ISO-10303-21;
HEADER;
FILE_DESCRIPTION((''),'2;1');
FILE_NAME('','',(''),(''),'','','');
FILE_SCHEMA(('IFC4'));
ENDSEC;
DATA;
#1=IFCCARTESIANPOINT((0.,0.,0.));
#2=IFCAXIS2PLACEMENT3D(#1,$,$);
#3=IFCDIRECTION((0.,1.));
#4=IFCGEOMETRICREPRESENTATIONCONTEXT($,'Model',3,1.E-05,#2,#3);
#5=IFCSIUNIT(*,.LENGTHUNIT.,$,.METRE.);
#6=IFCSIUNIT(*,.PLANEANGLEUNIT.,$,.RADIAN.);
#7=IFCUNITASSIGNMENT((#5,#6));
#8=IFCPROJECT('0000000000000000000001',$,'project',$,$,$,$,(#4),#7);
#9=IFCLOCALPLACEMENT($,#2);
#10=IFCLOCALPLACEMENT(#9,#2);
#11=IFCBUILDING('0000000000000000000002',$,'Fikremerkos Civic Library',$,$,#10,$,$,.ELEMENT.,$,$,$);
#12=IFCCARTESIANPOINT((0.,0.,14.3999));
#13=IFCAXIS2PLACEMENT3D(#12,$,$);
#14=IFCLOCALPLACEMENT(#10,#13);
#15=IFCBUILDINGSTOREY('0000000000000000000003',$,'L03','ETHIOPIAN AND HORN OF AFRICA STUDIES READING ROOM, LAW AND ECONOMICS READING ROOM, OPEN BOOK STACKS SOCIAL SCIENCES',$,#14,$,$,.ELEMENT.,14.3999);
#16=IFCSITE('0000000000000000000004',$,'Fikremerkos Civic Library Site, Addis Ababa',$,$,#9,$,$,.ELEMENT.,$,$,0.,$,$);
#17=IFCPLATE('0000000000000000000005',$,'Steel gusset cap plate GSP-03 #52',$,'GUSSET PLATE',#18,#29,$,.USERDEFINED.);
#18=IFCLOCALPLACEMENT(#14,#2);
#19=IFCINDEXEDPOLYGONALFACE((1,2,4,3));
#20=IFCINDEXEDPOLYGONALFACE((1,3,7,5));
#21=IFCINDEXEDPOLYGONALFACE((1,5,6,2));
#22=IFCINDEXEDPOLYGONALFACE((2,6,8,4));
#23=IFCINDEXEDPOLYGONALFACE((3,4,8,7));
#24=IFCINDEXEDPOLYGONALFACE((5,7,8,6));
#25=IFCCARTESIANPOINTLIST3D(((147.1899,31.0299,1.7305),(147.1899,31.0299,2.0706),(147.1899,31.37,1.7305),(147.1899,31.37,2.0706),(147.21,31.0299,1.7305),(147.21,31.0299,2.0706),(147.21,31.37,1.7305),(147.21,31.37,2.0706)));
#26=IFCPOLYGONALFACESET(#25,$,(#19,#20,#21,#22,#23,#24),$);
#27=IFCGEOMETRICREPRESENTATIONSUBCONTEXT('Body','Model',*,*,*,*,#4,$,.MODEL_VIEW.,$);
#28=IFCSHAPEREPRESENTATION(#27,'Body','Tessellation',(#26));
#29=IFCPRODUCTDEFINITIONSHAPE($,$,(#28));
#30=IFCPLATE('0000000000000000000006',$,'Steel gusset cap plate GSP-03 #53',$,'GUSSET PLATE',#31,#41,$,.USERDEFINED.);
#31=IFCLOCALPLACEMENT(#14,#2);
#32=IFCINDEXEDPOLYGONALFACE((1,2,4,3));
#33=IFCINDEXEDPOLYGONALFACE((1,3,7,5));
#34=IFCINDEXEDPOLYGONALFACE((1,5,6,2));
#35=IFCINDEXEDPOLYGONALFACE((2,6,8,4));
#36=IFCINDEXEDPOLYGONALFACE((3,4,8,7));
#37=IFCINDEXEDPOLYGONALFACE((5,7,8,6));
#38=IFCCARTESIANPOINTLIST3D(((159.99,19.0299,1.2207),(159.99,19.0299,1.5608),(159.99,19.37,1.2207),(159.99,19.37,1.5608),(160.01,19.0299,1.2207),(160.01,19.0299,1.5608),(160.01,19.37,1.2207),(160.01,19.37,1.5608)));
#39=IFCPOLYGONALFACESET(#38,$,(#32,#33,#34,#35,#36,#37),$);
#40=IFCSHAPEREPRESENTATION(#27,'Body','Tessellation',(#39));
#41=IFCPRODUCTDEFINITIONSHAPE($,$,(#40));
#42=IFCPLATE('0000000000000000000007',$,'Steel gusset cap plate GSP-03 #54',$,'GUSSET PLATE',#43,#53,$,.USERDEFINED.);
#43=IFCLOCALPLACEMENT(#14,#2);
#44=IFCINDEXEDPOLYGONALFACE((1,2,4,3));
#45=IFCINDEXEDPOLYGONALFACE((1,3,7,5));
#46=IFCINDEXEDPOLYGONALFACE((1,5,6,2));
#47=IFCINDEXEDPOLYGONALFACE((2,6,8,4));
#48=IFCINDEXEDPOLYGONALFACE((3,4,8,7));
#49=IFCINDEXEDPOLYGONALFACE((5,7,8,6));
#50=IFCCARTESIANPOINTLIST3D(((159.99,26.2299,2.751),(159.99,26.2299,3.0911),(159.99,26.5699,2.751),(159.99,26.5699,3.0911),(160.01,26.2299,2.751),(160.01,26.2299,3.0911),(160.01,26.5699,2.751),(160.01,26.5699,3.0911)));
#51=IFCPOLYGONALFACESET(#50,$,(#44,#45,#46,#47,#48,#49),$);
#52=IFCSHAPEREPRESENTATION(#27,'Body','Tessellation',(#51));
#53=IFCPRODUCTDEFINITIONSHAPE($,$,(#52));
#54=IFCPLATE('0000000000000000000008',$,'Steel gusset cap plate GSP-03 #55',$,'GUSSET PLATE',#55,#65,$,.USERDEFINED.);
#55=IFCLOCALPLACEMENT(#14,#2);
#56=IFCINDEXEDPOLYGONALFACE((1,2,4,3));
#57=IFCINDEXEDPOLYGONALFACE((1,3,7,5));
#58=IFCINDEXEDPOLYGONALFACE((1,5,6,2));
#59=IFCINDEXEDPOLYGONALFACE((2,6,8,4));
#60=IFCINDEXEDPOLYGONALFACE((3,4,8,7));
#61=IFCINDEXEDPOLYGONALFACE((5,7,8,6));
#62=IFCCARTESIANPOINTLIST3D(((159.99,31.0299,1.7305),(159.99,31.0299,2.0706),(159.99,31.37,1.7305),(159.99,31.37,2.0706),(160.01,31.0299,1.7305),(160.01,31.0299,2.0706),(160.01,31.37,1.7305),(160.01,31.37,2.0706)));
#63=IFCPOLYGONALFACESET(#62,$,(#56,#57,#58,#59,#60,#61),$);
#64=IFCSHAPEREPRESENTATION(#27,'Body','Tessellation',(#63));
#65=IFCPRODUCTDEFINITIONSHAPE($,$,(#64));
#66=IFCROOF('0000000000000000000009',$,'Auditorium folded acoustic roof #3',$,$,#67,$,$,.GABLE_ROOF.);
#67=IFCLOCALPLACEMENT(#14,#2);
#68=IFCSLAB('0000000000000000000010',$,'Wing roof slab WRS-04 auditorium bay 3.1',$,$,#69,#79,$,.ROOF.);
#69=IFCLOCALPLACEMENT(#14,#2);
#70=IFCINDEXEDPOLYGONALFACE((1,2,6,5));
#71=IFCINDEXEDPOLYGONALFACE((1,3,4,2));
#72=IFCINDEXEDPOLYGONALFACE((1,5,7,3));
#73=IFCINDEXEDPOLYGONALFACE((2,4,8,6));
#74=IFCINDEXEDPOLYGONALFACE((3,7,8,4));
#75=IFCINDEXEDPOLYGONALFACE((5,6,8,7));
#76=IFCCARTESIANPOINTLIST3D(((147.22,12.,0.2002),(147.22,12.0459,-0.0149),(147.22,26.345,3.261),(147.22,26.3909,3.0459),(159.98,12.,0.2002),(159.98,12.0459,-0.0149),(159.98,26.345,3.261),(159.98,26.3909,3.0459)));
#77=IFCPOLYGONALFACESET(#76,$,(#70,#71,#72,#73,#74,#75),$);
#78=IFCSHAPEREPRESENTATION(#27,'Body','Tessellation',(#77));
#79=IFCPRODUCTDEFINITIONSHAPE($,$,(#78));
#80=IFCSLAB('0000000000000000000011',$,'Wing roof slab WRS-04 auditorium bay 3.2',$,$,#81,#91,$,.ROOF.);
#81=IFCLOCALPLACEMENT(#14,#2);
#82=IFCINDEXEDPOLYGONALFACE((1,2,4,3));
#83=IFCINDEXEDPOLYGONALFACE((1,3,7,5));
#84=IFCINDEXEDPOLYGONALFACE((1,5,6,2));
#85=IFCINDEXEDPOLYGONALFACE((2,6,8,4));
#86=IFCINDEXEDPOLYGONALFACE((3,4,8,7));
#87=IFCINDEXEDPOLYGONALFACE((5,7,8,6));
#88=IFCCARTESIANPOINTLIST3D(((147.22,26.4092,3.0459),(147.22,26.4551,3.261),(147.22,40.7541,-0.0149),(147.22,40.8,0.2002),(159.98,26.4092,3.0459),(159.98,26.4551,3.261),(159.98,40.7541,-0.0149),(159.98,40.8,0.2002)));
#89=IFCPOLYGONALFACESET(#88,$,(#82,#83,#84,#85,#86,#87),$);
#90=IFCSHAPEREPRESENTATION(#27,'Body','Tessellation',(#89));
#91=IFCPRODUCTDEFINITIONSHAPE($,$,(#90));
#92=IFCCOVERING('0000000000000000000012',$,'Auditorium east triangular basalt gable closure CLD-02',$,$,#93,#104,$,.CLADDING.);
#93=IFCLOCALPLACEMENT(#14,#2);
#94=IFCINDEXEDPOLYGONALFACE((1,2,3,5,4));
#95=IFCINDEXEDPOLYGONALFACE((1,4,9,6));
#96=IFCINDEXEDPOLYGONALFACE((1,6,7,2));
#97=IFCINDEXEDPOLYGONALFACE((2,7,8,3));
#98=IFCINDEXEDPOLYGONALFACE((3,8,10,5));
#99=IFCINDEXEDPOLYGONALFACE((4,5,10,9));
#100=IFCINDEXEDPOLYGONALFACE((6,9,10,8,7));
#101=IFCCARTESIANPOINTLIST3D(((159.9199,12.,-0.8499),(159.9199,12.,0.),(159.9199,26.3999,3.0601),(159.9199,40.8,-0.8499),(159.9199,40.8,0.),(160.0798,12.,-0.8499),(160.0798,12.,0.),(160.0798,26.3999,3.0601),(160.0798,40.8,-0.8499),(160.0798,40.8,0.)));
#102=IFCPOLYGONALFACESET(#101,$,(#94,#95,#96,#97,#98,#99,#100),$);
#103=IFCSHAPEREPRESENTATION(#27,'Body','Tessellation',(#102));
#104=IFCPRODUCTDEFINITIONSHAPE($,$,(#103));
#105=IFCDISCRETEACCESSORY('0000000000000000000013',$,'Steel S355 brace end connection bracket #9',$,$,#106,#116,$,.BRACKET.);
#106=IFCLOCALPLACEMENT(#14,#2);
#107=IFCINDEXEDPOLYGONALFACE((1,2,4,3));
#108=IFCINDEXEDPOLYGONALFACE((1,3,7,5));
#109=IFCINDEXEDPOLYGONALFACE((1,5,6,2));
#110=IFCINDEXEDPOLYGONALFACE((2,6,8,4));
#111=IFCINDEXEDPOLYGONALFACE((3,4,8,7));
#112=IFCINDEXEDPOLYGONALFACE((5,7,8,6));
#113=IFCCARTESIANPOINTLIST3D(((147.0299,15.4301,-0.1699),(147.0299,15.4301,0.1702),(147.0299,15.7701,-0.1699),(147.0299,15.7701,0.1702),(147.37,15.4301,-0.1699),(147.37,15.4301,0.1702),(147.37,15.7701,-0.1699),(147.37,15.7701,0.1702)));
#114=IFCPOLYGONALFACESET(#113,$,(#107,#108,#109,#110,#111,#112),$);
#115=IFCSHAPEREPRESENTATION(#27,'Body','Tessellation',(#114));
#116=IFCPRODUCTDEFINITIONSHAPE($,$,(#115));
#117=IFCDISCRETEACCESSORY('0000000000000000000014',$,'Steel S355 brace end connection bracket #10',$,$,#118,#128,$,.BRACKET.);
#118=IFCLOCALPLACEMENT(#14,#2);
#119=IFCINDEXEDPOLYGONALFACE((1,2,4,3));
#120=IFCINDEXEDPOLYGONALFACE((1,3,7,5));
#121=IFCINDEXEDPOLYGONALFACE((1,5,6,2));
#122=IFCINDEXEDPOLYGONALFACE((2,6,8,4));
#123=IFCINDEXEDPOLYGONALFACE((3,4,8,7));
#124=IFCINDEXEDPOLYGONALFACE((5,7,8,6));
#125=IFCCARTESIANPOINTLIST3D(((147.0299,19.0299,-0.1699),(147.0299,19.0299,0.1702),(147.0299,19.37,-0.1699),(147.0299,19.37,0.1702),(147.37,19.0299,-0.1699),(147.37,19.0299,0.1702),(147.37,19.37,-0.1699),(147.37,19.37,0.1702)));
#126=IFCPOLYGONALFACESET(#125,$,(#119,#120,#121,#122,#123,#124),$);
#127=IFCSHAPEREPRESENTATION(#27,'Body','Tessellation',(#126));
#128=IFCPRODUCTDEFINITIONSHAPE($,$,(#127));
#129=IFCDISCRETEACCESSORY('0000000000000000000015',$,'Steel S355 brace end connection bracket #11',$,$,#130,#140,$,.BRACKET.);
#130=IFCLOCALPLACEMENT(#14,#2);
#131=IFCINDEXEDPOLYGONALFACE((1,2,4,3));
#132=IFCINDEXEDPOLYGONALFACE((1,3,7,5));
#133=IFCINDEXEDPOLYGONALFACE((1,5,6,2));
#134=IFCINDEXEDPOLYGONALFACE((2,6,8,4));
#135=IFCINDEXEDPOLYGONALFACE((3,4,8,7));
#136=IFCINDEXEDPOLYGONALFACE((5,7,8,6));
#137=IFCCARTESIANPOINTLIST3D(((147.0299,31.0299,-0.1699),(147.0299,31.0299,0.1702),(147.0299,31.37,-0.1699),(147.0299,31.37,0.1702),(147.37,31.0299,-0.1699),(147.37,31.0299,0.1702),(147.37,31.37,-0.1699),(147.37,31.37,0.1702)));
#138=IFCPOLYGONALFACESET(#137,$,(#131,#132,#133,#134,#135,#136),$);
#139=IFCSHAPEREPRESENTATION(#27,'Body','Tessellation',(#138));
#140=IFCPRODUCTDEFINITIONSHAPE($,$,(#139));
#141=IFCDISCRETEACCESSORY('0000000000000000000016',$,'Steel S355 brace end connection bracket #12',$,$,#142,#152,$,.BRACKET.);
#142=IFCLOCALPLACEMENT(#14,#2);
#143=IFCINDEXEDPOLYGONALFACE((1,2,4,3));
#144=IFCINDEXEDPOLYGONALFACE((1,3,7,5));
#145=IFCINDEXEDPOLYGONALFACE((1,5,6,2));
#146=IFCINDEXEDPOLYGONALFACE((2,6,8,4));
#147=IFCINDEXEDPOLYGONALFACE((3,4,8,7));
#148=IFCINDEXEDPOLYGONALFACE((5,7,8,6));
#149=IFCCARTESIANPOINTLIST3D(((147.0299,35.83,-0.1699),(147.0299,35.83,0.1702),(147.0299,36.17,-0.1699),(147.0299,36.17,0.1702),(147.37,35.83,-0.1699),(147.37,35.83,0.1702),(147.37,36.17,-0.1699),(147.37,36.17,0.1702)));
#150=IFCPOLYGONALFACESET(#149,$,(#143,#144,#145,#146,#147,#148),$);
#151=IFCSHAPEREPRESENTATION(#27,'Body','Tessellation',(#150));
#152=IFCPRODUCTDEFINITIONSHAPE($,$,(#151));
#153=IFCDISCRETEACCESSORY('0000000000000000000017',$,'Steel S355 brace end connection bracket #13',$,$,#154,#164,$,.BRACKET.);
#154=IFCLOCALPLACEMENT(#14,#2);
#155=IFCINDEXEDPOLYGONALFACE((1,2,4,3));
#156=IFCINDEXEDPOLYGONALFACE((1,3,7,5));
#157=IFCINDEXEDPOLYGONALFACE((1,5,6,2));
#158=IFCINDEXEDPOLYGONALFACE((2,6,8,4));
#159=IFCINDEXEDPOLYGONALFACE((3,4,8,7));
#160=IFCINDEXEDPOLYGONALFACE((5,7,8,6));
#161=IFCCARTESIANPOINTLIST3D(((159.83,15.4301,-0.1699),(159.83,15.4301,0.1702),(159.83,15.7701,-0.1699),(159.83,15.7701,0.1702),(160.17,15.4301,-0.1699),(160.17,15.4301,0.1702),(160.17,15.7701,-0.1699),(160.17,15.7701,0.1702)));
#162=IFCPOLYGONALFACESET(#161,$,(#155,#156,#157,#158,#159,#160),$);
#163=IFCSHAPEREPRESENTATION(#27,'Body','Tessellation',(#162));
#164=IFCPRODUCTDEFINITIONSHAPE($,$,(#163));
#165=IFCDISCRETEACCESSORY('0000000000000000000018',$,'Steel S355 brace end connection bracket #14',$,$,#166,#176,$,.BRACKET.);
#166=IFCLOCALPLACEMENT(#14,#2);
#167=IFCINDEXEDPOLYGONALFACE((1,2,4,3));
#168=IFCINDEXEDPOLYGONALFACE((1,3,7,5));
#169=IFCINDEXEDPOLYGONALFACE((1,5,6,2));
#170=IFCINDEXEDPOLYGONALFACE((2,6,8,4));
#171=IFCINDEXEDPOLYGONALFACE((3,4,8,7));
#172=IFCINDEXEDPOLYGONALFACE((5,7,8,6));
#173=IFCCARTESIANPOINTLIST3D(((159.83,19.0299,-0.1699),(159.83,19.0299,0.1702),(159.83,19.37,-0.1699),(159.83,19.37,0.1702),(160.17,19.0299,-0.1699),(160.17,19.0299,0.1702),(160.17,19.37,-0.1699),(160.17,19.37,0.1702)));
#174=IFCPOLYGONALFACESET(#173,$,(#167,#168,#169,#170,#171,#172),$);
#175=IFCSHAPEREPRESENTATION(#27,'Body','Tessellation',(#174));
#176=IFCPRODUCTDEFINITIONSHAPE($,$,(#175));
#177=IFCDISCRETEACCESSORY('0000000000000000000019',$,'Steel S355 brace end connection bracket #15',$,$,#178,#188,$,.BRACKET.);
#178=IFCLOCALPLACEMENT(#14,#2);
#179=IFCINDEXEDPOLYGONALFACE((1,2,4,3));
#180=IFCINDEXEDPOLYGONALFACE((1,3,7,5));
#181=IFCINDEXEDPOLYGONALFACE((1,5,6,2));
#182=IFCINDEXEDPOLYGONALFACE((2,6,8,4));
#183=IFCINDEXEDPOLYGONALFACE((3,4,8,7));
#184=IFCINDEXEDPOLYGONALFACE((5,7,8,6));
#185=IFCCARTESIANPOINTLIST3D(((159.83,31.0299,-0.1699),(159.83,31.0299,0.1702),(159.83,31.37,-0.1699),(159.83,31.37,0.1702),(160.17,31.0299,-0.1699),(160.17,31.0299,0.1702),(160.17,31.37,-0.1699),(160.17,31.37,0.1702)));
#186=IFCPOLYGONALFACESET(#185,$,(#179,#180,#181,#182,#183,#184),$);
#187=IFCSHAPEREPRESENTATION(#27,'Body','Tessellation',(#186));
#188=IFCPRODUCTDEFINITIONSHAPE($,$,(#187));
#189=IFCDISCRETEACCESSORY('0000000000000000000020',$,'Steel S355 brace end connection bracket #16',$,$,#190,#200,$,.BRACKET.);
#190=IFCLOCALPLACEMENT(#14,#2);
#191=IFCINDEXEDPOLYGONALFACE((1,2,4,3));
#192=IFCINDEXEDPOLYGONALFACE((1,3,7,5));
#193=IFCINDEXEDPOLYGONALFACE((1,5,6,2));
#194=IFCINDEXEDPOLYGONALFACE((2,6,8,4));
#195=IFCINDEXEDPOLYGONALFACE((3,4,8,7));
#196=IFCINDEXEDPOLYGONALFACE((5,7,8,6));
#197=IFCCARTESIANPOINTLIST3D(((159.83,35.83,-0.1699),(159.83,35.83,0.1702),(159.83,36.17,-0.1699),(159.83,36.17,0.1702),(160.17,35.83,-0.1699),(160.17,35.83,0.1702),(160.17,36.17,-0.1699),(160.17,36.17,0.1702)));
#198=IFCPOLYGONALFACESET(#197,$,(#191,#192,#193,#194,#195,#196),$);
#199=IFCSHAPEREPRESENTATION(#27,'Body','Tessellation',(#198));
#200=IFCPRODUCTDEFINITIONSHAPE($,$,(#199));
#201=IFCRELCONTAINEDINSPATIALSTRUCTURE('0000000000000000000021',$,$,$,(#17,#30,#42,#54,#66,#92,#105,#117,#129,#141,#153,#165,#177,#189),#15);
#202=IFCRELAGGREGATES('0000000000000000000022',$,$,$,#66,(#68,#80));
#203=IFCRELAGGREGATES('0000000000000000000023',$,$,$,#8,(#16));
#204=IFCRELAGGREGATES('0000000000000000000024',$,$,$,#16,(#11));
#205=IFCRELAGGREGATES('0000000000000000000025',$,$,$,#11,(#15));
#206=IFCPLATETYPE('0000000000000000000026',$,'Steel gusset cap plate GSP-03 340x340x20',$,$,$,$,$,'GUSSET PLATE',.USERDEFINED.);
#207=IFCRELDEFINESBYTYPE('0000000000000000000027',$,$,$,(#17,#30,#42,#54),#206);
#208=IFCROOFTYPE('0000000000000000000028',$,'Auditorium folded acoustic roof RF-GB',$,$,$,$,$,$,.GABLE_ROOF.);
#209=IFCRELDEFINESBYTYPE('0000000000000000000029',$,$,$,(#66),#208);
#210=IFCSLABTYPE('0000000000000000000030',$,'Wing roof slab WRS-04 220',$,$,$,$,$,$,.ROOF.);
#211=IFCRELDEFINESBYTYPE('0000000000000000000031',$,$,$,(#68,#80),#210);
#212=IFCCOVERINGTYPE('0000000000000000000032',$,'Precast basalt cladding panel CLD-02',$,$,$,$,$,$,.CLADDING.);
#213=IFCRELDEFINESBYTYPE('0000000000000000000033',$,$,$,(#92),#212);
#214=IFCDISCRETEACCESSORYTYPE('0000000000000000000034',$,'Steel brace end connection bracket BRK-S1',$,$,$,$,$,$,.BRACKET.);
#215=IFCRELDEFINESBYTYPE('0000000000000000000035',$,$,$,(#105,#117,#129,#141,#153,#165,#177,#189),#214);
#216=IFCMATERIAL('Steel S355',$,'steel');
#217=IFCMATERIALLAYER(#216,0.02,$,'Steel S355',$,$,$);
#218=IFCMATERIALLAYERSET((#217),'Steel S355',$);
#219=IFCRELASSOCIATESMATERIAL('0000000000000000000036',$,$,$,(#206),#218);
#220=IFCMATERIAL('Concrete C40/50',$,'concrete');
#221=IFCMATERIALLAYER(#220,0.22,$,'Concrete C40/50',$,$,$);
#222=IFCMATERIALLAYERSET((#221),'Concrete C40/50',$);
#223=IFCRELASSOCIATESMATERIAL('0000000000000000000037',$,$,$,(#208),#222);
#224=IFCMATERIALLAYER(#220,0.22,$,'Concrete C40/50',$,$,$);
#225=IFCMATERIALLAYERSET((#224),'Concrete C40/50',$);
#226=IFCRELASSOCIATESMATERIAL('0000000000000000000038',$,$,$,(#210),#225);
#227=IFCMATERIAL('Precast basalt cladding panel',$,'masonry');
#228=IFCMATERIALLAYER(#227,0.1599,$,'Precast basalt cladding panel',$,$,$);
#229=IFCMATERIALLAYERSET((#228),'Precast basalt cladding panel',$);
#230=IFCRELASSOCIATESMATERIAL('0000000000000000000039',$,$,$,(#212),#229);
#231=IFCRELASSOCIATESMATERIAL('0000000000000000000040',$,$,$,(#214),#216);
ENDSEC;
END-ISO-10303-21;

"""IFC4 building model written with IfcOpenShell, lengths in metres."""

from ifc_helpers import new_model, si_unit, direction, frame, origin, origin_2d, place, context, subcontext, project, spatial, polyline, rectangle, outline, extrude, material, layer, layer_set, type_object, element, aggregate, save


model = new_model("IFC4")

# Units and contexts
model_context = context("Model", 3, precision=1e-05, world=origin(), true_north=direction((0.0, 1.0)))
body_context = subcontext(model_context, "Body", "Model", "MODEL_VIEW")
ifc_project = project(units=[si_unit("LENGTHUNIT", "METRE"), si_unit("PLANEANGLEUNIT", "RADIAN")], contexts=[model_context])

# Site, building, storey
site_placement = place(None, origin())
site = spatial("IfcSite", under=ifc_project, at=site_placement, Name="Fikremerkos Civic Library Site, Addis Ababa", CompositionType="ELEMENT", RefElevation=0.0)
building_placement = place(site_placement, origin())
building = spatial("IfcBuilding", under=site, at=building_placement, Name="Fikremerkos Civic Library", CompositionType="ELEMENT")
storey_placement = place(building_placement, frame((0.0, 0.0, 14.3999)))
storey = spatial("IfcBuildingStorey", under=building, at=storey_placement, Name="L03", Description="ETHIOPIAN AND HORN OF AFRICA STUDIES READING ROOM, LAW AND ECONOMICS READING ROOM, OPEN BOOK STACKS SOCIAL SCIENCES", CompositionType="ELEMENT", Elevation=14.3999)

# Shared definitions
ifc_material_1 = material(Name="Steel S355", Category="steel")

# Plates
ifc_layer_1 = layer(ifc_material_1, 0.02, Name="Steel S355")
ifc_layer_set_1 = layer_set([ifc_layer_1], Name="Steel S355")
plate_type = type_object("IfcPlateType", Name="Steel gusset cap plate GSP-03 340x340x20", ElementType="GUSSET PLATE", PredefinedType="USERDEFINED", material=ifc_layer_set_1)
for number, where, z_axis, x_axis, name in (
    (1, (147.2, 31.2, 1.7305), (0.0, 0.0, 1.0), (1.0, 0.0, 0.0), "Steel gusset cap plate GSP-03 #52"),
    (2, (160.0, 19.2, 1.2207), (0.0, 0.0, 1.0), (1.0, 0.0, 0.0), "Steel gusset cap plate GSP-03 #53"),
    (3, (160.0, 26.3999, 2.751), (0.0, 0.0, 1.0), (1.0, 0.0, 0.0), "Steel gusset cap plate GSP-03 #54"),
    (4, (160.0, 31.2, 1.7305), (0.0, 0.0, 1.0), (1.0, 0.0, 0.0), "Steel gusset cap plate GSP-03 #55"),
):
    element("IfcPlate", number, at=place(storey_placement, frame(where, z_axis=z_axis, x_axis=x_axis)), inside=storey, type_object=plate_type, Name=name, ObjectType="GUSSET PLATE", PredefinedType="USERDEFINED", context=body_context, shape_type="SweptSolid", body=[
        extrude(rectangle(XDim=0.02, YDim=0.3401, at=origin_2d()), origin(), (0.0, 0.0, 1.0), 0.3401),
    ])

# Roof, slabs
ifc_material_2 = material(Name="Concrete C40/50", Category="concrete")
ifc_layer_2 = layer(ifc_material_2, 0.22, Name="Concrete C40/50")
ifc_layer_set_2 = layer_set([ifc_layer_2], Name="Concrete C40/50")
roof_type = type_object("IfcRoofType", Name="Auditorium folded acoustic roof RF-GB", PredefinedType="GABLE_ROOF", material=ifc_layer_set_2)
roof_placement = place(storey_placement, origin())
roof = element("IfcRoof", 5, at=roof_placement, inside=storey, type_object=roof_type, Name="Auditorium folded acoustic roof #3", PredefinedType="GABLE_ROOF")
ifc_layer_3 = layer(ifc_material_2, 0.22, Name="Concrete C40/50")
ifc_layer_set_3 = layer_set([ifc_layer_3], Name="Concrete C40/50")
slab_type = type_object("IfcSlabType", Name="Wing roof slab WRS-04 220", PredefinedType="ROOF", material=ifc_layer_set_3)
slab_1_placement = place(storey_placement, frame((147.22, 12.0, 0.2002), z_axis=(0.0, -0.208673, 0.977985), x_axis=(1.0, 0.0, 0.0)))
slab_1 = element("IfcSlab", 6, at=slab_1_placement, type_object=slab_type, Name="Wing roof slab WRS-04 auditorium bay 3.1", PredefinedType="ROOF", context=body_context, shape_type="SweptSolid", body=[
    extrude(outline(polyline([(0.0, 0.0), (12.76, 0.0), (12.76, 14.6679), (0.0, 14.6679), (0.0, 0.0)])), origin(), (0.0, 0.0, -1.0), 0.22),
])
slab_2_placement = place(storey_placement, frame((147.22, 26.4551, 3.261), z_axis=(0.0, 0.208673, 0.977985), x_axis=(1.0, 0.0, 0.0)))
slab_2 = element("IfcSlab", 7, at=slab_2_placement, type_object=slab_type, Name="Wing roof slab WRS-04 auditorium bay 3.2", PredefinedType="ROOF", context=body_context, shape_type="SweptSolid", body=[
    extrude(outline(polyline([(0.0, 0.0), (12.76, 0.0), (12.76, 14.6679), (0.0, 14.6679), (0.0, 0.0)])), origin(), (0.0, 0.0, -1.0), 0.22),
])
aggregate(roof, [slab_1, slab_2])

# Covering
ifc_material_3 = material(Name="Precast basalt cladding panel", Category="masonry")
ifc_layer_4 = layer(ifc_material_3, 0.1599, Name="Precast basalt cladding panel")
ifc_layer_set_4 = layer_set([ifc_layer_4], Name="Precast basalt cladding panel")
covering_type = type_object("IfcCoveringType", Name="Precast basalt cladding panel CLD-02", PredefinedType="CLADDING", material=ifc_layer_set_4)
covering_placement = place(storey_placement, frame((160.0, 12.0, -0.8499), z_axis=(0.0, 0.0, 1.0), x_axis=(0.0, 1.0, 0.0)))
element("IfcCovering", 8, at=covering_placement, inside=storey, type_object=covering_type, Name="Auditorium east triangular basalt gable closure CLD-02", PredefinedType="CLADDING", context=body_context, shape_type="SweptSolid", body=[
    extrude(outline(polyline([(0.0, 0.0), (28.8, 0.0), (28.8, 0.8499), (14.3999, 3.9099), (0.0, 0.8499), (0.0, 0.0)])), frame((0.0, 0.0801, 0.0), z_axis=(0.0, -1.0, 0.0), x_axis=(1.0, 0.0, 0.0)), (0.0, 0.0, 1.0), 0.1599),
])

# Discrete accessories
discrete_accessory_type = type_object("IfcDiscreteAccessoryType", Name="Steel brace end connection bracket BRK-S1", PredefinedType="BRACKET", material=ifc_material_1)
for number, where, z_axis, x_axis, name in (
    (9, (147.2, 15.6001, -0.1699), (0.0, 0.0, 1.0), (1.0, 0.0, 0.0), "Steel S355 brace end connection bracket #9"),
    (10, (147.2, 19.2, -0.1699), (0.0, 0.0, 1.0), (1.0, 0.0, 0.0), "Steel S355 brace end connection bracket #10"),
    (11, (147.2, 31.2, -0.1699), (0.0, 0.0, 1.0), (1.0, 0.0, 0.0), "Steel S355 brace end connection bracket #11"),
    (12, (147.2, 36.0, -0.1699), (0.0, 0.0, 1.0), (1.0, 0.0, 0.0), "Steel S355 brace end connection bracket #12"),
    (13, (160.0, 15.6001, -0.1699), (0.0, 0.0, 1.0), (1.0, 0.0, 0.0), "Steel S355 brace end connection bracket #13"),
    (14, (160.0, 19.2, -0.1699), (0.0, 0.0, 1.0), (1.0, 0.0, 0.0), "Steel S355 brace end connection bracket #14"),
    (15, (160.0, 31.2, -0.1699), (0.0, 0.0, 1.0), (1.0, 0.0, 0.0), "Steel S355 brace end connection bracket #15"),
    (16, (160.0, 36.0, -0.1699), (0.0, 0.0, 1.0), (1.0, 0.0, 0.0), "Steel S355 brace end connection bracket #16"),
):
    element("IfcDiscreteAccessory", number, at=place(storey_placement, frame(where, z_axis=z_axis, x_axis=x_axis)), inside=storey, type_object=discrete_accessory_type, Name=name, PredefinedType="BRACKET", context=body_context, shape_type="SweptSolid", body=[
        extrude(rectangle(XDim=0.3401, YDim=0.3401, at=origin_2d()), origin(), (0.0, 0.0, 1.0), 0.3401),
    ])

save(model, "model.ifc")
